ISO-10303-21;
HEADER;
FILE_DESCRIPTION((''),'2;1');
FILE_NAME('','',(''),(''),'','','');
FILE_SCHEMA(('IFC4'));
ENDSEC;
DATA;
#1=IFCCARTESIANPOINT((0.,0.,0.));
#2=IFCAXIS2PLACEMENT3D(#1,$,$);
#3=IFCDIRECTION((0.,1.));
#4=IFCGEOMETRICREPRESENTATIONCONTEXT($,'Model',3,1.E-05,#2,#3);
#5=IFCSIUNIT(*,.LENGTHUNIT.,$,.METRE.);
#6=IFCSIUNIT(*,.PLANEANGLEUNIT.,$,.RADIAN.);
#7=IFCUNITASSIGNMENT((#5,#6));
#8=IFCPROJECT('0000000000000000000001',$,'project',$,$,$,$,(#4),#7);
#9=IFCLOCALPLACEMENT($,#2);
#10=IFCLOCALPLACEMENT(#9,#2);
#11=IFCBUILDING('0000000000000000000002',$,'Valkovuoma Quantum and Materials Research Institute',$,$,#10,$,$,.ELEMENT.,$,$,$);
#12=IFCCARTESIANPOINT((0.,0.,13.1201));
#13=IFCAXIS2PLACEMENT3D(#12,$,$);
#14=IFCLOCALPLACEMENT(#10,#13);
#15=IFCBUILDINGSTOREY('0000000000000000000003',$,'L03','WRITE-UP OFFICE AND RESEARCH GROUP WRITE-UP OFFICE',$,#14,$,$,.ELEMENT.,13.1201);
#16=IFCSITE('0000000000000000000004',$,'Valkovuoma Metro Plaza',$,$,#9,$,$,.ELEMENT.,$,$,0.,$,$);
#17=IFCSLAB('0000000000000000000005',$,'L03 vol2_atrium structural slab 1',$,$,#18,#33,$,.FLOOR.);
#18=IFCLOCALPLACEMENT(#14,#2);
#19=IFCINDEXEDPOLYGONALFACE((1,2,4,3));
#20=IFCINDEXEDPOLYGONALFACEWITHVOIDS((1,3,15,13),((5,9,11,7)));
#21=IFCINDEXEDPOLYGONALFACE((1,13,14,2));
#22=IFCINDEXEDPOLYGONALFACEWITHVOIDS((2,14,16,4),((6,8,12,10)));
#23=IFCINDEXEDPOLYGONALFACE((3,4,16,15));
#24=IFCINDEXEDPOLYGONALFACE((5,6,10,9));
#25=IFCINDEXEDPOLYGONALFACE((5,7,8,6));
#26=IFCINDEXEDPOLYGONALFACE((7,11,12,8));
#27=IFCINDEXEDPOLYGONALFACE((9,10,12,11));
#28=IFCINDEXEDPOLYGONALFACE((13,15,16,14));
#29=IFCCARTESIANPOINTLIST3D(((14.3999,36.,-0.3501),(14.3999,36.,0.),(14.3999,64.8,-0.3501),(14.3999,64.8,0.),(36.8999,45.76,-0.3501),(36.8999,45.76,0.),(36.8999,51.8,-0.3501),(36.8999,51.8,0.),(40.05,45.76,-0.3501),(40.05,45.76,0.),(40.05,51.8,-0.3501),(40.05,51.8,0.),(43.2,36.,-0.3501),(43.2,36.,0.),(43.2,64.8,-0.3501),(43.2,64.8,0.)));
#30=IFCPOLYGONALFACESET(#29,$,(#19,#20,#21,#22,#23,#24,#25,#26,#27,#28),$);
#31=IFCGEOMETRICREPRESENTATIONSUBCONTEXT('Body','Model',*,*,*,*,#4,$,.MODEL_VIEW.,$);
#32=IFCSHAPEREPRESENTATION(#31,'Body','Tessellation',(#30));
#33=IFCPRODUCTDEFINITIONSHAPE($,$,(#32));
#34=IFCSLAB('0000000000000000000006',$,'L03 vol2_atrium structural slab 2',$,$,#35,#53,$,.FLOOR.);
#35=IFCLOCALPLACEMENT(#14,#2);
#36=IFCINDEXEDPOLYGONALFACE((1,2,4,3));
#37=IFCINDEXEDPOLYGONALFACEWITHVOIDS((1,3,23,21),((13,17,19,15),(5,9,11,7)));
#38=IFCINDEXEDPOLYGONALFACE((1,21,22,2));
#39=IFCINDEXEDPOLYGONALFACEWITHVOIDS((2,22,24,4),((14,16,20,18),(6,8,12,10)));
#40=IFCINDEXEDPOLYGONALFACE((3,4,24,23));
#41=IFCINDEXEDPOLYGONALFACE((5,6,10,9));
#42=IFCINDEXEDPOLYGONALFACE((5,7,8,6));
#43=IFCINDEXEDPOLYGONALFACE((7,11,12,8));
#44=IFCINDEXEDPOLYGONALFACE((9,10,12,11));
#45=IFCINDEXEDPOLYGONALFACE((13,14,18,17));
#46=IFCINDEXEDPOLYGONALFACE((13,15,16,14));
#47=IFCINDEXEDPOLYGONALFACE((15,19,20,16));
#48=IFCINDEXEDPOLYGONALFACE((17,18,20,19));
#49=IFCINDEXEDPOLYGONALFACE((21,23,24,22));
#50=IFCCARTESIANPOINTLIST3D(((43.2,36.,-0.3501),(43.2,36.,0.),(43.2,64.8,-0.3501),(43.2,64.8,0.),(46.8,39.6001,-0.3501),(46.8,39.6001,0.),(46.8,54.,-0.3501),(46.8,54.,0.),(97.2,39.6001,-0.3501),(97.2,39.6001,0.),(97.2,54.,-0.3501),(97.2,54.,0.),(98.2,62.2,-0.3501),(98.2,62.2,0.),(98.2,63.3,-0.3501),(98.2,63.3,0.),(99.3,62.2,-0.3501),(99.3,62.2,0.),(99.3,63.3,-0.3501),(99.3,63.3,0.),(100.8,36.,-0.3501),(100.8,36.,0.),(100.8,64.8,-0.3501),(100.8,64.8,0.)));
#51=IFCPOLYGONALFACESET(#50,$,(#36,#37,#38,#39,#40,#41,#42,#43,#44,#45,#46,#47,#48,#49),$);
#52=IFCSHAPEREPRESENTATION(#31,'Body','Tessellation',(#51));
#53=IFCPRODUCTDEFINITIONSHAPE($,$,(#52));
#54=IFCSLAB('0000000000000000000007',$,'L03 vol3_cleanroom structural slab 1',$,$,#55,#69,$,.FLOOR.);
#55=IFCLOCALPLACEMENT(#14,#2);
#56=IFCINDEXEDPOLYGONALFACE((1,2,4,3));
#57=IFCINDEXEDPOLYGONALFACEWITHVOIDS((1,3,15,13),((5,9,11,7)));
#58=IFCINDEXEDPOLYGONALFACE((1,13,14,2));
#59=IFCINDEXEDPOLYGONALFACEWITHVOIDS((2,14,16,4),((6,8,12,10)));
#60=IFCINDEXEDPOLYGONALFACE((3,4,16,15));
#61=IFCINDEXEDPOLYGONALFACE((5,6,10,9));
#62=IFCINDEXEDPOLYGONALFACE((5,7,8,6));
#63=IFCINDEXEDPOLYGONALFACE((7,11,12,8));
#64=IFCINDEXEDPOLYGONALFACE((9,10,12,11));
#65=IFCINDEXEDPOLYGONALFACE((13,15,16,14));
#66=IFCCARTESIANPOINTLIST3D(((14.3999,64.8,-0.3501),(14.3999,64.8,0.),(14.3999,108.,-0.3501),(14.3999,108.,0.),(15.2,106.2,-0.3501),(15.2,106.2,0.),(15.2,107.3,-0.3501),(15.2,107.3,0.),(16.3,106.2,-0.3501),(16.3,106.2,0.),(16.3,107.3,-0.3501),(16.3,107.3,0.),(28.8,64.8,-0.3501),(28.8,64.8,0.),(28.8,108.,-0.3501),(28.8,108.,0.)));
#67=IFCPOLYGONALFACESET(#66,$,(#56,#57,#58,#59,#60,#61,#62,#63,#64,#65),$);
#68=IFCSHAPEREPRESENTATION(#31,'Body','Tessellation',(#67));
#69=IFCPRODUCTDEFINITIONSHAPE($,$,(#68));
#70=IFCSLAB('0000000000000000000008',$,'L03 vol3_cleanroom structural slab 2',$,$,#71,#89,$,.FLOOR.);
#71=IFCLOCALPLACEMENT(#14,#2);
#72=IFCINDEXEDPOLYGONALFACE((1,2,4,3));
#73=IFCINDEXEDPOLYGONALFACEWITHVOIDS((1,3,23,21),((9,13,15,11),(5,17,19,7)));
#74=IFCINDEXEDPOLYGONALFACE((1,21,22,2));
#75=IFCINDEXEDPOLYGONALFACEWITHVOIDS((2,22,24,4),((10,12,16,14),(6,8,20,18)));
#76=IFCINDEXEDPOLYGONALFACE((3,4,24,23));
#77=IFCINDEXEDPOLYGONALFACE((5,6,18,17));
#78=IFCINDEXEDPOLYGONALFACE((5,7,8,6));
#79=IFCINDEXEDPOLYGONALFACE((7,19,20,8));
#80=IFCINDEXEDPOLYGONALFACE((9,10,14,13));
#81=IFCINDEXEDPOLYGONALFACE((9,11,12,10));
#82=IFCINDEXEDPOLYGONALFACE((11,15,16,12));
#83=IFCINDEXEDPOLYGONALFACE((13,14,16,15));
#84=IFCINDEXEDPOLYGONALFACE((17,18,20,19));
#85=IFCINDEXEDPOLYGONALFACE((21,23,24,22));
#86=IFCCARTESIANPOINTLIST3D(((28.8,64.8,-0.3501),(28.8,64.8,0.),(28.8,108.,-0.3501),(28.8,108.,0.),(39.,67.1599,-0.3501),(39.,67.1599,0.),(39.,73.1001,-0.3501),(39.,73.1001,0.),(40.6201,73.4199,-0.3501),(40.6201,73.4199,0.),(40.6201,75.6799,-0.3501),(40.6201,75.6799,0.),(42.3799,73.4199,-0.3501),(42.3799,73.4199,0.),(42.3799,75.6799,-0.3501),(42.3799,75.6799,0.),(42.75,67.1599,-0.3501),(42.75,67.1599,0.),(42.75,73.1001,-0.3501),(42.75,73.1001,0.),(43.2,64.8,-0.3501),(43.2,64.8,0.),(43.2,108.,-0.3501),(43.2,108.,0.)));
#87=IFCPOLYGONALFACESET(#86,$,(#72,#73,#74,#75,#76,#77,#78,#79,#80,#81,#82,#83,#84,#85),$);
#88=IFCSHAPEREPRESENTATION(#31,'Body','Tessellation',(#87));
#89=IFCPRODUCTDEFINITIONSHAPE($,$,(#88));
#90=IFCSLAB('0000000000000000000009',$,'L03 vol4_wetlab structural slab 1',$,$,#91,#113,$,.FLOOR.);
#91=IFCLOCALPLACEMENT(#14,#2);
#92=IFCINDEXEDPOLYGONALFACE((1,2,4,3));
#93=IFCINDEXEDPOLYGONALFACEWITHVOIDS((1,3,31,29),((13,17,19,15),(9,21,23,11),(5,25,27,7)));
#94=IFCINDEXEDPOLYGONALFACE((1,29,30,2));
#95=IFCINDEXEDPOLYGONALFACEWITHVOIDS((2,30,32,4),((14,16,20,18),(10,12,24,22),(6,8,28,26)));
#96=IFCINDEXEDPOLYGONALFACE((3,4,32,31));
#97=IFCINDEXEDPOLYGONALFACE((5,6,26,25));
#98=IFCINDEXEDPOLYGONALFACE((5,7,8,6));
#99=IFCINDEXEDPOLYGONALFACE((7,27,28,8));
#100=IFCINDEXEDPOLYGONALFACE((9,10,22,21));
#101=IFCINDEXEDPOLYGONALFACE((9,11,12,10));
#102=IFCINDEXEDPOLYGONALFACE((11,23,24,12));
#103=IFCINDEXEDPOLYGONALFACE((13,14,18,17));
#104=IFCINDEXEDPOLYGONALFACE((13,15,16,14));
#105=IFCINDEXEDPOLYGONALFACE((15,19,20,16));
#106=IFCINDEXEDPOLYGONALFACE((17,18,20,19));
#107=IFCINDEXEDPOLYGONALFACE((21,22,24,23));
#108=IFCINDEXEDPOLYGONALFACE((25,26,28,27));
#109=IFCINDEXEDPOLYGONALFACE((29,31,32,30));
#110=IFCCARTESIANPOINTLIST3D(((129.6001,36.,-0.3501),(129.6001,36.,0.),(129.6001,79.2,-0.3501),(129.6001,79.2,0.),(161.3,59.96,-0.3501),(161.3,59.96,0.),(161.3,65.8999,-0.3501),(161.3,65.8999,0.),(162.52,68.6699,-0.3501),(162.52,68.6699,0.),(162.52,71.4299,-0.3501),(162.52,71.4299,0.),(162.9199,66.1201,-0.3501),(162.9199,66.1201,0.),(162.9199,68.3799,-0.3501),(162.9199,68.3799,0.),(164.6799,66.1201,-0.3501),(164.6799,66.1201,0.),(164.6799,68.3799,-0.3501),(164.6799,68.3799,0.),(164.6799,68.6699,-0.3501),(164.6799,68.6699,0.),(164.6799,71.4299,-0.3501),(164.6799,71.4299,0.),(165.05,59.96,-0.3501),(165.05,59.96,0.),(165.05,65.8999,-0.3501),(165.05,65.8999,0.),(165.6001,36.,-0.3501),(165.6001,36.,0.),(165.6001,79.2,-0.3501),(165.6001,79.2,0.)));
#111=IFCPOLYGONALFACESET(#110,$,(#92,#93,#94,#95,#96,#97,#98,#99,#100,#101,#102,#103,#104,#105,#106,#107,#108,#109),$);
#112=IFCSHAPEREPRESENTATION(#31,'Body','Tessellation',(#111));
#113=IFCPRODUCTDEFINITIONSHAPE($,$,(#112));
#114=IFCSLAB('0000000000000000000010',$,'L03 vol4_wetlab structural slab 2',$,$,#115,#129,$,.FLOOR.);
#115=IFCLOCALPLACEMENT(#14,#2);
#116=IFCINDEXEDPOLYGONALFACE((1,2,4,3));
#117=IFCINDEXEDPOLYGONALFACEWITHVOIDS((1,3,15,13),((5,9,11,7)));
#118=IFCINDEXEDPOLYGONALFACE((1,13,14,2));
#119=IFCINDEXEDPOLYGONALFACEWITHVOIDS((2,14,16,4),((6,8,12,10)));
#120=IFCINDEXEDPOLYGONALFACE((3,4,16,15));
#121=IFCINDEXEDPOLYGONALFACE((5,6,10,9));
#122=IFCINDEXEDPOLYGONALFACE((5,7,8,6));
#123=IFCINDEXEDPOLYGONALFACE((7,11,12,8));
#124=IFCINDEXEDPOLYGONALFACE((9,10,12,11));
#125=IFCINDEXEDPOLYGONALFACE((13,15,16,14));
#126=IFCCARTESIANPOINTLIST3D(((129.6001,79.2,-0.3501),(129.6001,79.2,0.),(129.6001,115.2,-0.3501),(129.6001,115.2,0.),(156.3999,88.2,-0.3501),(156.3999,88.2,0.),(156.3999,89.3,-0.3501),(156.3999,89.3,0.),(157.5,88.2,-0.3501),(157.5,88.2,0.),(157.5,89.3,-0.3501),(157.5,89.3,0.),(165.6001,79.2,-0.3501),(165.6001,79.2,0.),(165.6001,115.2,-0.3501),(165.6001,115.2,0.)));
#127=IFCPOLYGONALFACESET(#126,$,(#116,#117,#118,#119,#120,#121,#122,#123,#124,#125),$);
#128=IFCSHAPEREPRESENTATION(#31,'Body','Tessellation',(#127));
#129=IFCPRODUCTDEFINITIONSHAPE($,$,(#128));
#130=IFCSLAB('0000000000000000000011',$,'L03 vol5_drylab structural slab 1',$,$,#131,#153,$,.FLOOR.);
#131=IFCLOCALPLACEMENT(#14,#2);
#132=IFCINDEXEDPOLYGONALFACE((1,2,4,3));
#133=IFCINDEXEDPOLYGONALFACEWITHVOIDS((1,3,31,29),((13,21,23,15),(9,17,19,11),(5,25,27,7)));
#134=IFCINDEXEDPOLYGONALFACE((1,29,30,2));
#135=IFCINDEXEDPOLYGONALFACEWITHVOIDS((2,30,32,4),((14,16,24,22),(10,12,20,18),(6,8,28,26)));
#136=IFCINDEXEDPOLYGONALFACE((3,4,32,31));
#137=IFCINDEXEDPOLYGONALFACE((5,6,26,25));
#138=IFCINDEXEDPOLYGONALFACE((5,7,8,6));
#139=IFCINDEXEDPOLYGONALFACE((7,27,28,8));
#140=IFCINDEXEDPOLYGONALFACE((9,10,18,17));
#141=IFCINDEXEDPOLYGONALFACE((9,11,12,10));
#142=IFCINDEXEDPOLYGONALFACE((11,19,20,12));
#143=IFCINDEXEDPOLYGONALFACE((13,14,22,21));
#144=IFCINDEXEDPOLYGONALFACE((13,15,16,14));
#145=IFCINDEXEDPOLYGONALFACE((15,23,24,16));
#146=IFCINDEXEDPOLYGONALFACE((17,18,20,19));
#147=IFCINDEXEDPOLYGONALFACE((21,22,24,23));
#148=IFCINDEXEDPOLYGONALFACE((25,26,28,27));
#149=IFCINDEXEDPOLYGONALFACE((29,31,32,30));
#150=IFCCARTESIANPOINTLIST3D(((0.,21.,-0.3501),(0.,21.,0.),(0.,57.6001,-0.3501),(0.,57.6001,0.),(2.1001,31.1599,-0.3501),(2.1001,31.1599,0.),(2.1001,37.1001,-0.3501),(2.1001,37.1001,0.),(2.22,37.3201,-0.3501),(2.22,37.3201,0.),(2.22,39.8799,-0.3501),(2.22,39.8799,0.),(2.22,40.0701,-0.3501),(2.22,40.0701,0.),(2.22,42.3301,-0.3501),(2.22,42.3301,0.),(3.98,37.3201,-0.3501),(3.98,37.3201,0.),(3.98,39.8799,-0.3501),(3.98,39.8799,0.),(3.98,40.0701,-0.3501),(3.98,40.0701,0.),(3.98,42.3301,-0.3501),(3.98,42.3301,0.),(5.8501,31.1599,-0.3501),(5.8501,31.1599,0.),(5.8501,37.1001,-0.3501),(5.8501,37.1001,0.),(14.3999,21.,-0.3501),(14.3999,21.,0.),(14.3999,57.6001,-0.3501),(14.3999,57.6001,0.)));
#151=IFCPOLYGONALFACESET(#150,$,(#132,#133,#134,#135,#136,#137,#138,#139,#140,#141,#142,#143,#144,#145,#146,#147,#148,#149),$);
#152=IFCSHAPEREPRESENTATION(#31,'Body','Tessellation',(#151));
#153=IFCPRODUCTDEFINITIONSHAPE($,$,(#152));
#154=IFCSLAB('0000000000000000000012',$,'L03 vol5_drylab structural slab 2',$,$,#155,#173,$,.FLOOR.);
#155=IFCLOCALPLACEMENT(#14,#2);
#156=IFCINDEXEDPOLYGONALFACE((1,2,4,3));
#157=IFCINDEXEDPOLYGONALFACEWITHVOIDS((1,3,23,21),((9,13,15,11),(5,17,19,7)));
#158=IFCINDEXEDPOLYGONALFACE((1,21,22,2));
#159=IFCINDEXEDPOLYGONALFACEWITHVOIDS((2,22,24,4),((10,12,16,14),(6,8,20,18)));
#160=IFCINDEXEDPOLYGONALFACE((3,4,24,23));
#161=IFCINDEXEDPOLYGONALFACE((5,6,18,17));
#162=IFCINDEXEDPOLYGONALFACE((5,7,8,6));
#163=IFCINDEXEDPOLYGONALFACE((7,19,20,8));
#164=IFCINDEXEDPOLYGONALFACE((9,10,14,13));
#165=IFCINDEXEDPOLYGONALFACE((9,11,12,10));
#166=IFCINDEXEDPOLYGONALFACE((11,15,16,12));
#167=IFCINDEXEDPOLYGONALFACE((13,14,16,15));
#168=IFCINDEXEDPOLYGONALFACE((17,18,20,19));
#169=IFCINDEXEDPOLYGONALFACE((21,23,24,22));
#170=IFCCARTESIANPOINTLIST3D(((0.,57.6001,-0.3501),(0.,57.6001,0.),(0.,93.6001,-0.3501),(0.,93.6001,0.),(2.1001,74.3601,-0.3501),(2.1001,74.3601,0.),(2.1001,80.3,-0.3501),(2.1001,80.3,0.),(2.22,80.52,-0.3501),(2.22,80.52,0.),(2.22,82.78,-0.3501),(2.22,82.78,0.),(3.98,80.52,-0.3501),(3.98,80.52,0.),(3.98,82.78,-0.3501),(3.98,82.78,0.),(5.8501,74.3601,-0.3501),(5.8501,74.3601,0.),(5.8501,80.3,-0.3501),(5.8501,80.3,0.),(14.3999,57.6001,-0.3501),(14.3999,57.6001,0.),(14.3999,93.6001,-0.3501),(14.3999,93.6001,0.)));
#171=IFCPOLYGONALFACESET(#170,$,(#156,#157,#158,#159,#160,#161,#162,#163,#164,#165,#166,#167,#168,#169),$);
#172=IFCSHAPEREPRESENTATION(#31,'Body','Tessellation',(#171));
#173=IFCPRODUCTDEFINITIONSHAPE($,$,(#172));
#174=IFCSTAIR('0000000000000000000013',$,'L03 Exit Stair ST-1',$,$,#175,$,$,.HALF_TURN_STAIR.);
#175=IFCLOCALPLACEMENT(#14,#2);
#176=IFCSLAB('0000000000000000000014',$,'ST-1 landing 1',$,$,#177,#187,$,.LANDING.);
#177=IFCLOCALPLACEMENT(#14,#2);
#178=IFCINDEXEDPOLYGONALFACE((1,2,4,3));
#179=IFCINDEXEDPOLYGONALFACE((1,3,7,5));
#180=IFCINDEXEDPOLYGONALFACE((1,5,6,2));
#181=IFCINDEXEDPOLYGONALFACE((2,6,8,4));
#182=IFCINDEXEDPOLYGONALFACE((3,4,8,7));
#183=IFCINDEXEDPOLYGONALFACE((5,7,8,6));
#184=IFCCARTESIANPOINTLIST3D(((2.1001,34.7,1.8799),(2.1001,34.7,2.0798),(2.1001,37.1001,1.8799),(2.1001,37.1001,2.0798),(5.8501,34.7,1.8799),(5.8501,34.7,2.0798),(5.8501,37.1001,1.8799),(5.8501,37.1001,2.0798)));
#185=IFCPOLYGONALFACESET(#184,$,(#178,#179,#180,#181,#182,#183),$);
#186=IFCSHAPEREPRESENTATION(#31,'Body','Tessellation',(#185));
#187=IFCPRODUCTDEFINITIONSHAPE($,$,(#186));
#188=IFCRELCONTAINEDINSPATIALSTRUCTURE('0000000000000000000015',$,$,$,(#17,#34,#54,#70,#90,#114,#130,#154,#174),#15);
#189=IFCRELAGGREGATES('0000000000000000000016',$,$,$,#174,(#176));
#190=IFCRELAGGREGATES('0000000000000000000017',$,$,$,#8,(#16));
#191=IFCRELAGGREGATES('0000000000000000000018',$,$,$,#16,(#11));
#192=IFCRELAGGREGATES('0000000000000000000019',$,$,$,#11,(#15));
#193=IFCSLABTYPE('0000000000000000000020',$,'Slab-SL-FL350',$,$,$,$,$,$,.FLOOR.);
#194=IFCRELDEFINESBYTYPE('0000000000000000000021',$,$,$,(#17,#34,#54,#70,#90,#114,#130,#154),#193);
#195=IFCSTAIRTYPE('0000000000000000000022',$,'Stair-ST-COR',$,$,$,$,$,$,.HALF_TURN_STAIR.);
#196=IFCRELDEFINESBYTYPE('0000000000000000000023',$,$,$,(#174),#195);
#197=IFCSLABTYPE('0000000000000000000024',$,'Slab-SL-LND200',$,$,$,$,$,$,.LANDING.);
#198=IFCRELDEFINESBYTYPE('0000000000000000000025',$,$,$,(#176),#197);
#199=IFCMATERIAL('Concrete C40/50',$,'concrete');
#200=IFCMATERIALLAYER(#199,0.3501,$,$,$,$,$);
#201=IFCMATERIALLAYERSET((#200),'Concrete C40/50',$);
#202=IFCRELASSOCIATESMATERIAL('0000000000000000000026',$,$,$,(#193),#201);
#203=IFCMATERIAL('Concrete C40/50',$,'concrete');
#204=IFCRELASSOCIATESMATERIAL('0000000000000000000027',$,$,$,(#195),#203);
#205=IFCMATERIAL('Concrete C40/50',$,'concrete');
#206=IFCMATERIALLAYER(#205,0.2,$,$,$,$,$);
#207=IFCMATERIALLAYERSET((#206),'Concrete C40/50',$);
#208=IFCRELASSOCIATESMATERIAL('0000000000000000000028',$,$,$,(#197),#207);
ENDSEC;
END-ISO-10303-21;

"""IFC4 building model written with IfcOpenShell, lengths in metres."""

from ifc_helpers import new_model, si_unit, direction, frame, origin, place, context, subcontext, project, spatial, polyline, outline, extrude, material, layer, layer_set, type_object, element, aggregate, save


model = new_model("IFC4")

# Units and contexts
model_context = context("Model", 3, precision=1e-05, world=origin(), true_north=direction((0.0, 1.0)))
body_context = subcontext(model_context, "Body", "Model", "MODEL_VIEW")
ifc_project = project(units=[si_unit("LENGTHUNIT", "METRE"), si_unit("PLANEANGLEUNIT", "RADIAN")], contexts=[model_context])

# Site, building, storey
site_placement = place(None, origin())
site = spatial("IfcSite", under=ifc_project, at=site_placement, Name="Valkovuoma Metro Plaza", CompositionType="ELEMENT", RefElevation=0.0)
building_placement = place(site_placement, origin())
building = spatial("IfcBuilding", under=site, at=building_placement, Name="Valkovuoma Quantum and Materials Research Institute", CompositionType="ELEMENT")
storey_placement = place(building_placement, frame((0.0, 0.0, 13.1201)))
storey = spatial("IfcBuildingStorey", under=building, at=storey_placement, Name="L03", Description="WRITE-UP OFFICE AND RESEARCH GROUP WRITE-UP OFFICE", CompositionType="ELEMENT", Elevation=13.1201)

# Slabs
ifc_material_1 = material(Name="Concrete C40/50", Category="concrete")
ifc_layer_1 = layer(ifc_material_1, 0.3501)
ifc_layer_set_1 = layer_set([ifc_layer_1], Name="Concrete C40/50")
slab_type_1 = type_object("IfcSlabType", Name="Slab-SL-FL350", PredefinedType="FLOOR", material=ifc_layer_set_1)
slab_1_placement = place(storey_placement, frame((0.0, 0.0, -0.3501)))
element("IfcSlab", 1, at=slab_1_placement, inside=storey, type_object=slab_type_1, Name="L03 vol2_atrium structural slab 1", PredefinedType="FLOOR", context=body_context, shape_type="SweptSolid", body=[
    extrude(outline(polyline([(14.3999, 36.0), (43.2, 36.0), (43.2, 64.8), (14.3999, 64.8), (14.3999, 36.0)]), holes=[polyline([(36.8999, 45.76), (40.05, 45.76), (40.05, 51.8), (36.8999, 51.8), (36.8999, 45.76)])]), origin(), (0.0, 0.0, 1.0), 0.3501),
])
slab_2_placement = place(storey_placement, frame((0.0, 0.0, -0.3501)))
element("IfcSlab", 2, at=slab_2_placement, inside=storey, type_object=slab_type_1, Name="L03 vol2_atrium structural slab 2", PredefinedType="FLOOR", context=body_context, shape_type="SweptSolid", body=[
    extrude(outline(polyline([(43.2, 36.0), (100.8, 36.0), (100.8, 64.8), (43.2, 64.8), (43.2, 36.0)]), holes=[polyline([(98.2, 62.2), (99.3, 62.2), (99.3, 63.3), (98.2, 63.3), (98.2, 62.2)]), polyline([(46.8, 39.6001), (97.2, 39.6001), (97.2, 54.0), (46.8, 54.0), (46.8, 39.6001)])]), origin(), (0.0, 0.0, 1.0), 0.3501),
])
slab_3_placement = place(storey_placement, frame((0.0, 0.0, -0.3501)))
element("IfcSlab", 3, at=slab_3_placement, inside=storey, type_object=slab_type_1, Name="L03 vol3_cleanroom structural slab 1", PredefinedType="FLOOR", context=body_context, shape_type="SweptSolid", body=[
    extrude(outline(polyline([(14.3999, 64.8), (28.8, 64.8), (28.8, 108.0), (14.3999, 108.0), (14.3999, 64.8)]), holes=[polyline([(15.2, 106.2), (16.3, 106.2), (16.3, 107.3), (15.2, 107.3), (15.2, 106.2)])]), origin(), (0.0, 0.0, 1.0), 0.3501),
])
slab_4_placement = place(storey_placement, frame((0.0, 0.0, -0.3501)))
element("IfcSlab", 4, at=slab_4_placement, inside=storey, type_object=slab_type_1, Name="L03 vol3_cleanroom structural slab 2", PredefinedType="FLOOR", context=body_context, shape_type="SweptSolid", body=[
    extrude(outline(polyline([(28.8, 64.8), (43.2, 64.8), (43.2, 108.0), (28.8, 108.0), (28.8, 64.8)]), holes=[polyline([(39.0, 67.1599), (42.75, 67.1599), (42.75, 73.1001), (39.0, 73.1001), (39.0, 67.1599)]), polyline([(40.6201, 73.4199), (42.3799, 73.4199), (42.3799, 75.6799), (40.6201, 75.6799), (40.6201, 73.4199)])]), origin(), (0.0, 0.0, 1.0), 0.3501),
])
slab_5_placement = place(storey_placement, frame((0.0, 0.0, -0.3501)))
element("IfcSlab", 5, at=slab_5_placement, inside=storey, type_object=slab_type_1, Name="L03 vol4_wetlab structural slab 1", PredefinedType="FLOOR", context=body_context, shape_type="SweptSolid", body=[
    extrude(outline(polyline([(129.6001, 36.0), (165.6001, 36.0), (165.6001, 79.2), (129.6001, 79.2), (129.6001, 36.0)]), holes=[polyline([(161.3, 59.96), (165.05, 59.96), (165.05, 65.8999), (161.3, 65.8999), (161.3, 59.96)]), polyline([(162.9199, 66.1201), (164.6799, 66.1201), (164.6799, 68.3799), (162.9199, 68.3799), (162.9199, 66.1201)]), polyline([(162.52, 68.6699), (164.6799, 68.6699), (164.6799, 71.4299), (162.52, 71.4299), (162.52, 68.6699)])]), origin(), (0.0, 0.0, 1.0), 0.3501),
])
slab_6_placement = place(storey_placement, frame((0.0, 0.0, -0.3501)))
element("IfcSlab", 6, at=slab_6_placement, inside=storey, type_object=slab_type_1, Name="L03 vol4_wetlab structural slab 2", PredefinedType="FLOOR", context=body_context, shape_type="SweptSolid", body=[
    extrude(outline(polyline([(129.6001, 79.2), (165.6001, 79.2), (165.6001, 115.2), (129.6001, 115.2), (129.6001, 79.2)]), holes=[polyline([(156.3999, 88.2), (157.5, 88.2), (157.5, 89.3), (156.3999, 89.3), (156.3999, 88.2)])]), origin(), (0.0, 0.0, 1.0), 0.3501),
])
slab_7_placement = place(storey_placement, frame((0.0, 0.0, -0.3501)))
element("IfcSlab", 7, at=slab_7_placement, inside=storey, type_object=slab_type_1, Name="L03 vol5_drylab structural slab 1", PredefinedType="FLOOR", context=body_context, shape_type="SweptSolid", body=[
    extrude(outline(polyline([(0.0, 21.0), (14.3999, 21.0), (14.3999, 57.6001), (0.0, 57.6001), (0.0, 21.0)]), holes=[polyline([(2.1001, 31.1599), (5.8501, 31.1599), (5.8501, 37.1001), (2.1001, 37.1001), (2.1001, 31.1599)]), polyline([(2.22, 37.3201), (3.98, 37.3201), (3.98, 39.8799), (2.22, 39.8799), (2.22, 37.3201)]), polyline([(2.22, 40.0701), (3.98, 40.0701), (3.98, 42.3301), (2.22, 42.3301), (2.22, 40.0701)])]), origin(), (0.0, 0.0, 1.0), 0.3501),
])
slab_8_placement = place(storey_placement, frame((0.0, 0.0, -0.3501)))
element("IfcSlab", 8, at=slab_8_placement, inside=storey, type_object=slab_type_1, Name="L03 vol5_drylab structural slab 2", PredefinedType="FLOOR", context=body_context, shape_type="SweptSolid", body=[
    extrude(outline(polyline([(0.0, 57.6001), (14.3999, 57.6001), (14.3999, 93.6001), (0.0, 93.6001), (0.0, 57.6001)]), holes=[polyline([(2.1001, 74.3601), (5.8501, 74.3601), (5.8501, 80.3), (2.1001, 80.3), (2.1001, 74.3601)]), polyline([(2.22, 80.52), (3.98, 80.52), (3.98, 82.78), (2.22, 82.78), (2.22, 80.52)])]), origin(), (0.0, 0.0, 1.0), 0.3501),
])

# Stair, slab
ifc_material_2 = material(Name="Concrete C40/50", Category="concrete")
stair_type = type_object("IfcStairType", Name="Stair-ST-COR", PredefinedType="HALF_TURN_STAIR", material=ifc_material_2)
stair_1_placement = place(storey_placement, origin())
stair_1 = element("IfcStair", 9, at=stair_1_placement, inside=storey, type_object=stair_type, Name="L03 Exit Stair ST-1", PredefinedType="HALF_TURN_STAIR")
ifc_material_3 = material(Name="Concrete C40/50", Category="concrete")
ifc_layer_2 = layer(ifc_material_3, 0.2)
ifc_layer_set_2 = layer_set([ifc_layer_2], Name="Concrete C40/50")
slab_type_2 = type_object("IfcSlabType", Name="Slab-SL-LND200", PredefinedType="LANDING", material=ifc_layer_set_2)
slab_9_placement = place(storey_placement, frame((0.0, 0.0, 1.8799)))
slab_9 = element("IfcSlab", 10, at=slab_9_placement, type_object=slab_type_2, Name="ST-1 landing 1", PredefinedType="LANDING", context=body_context, shape_type="SweptSolid", body=[
    extrude(outline(polyline([(5.8501, 34.7), (5.8501, 37.1001), (2.1001, 37.1001), (2.1001, 34.7), (5.8501, 34.7)])), origin(), (0.0, 0.0, 1.0), 0.2),
])
aggregate(stair_1, [slab_9])

save(model, "model.ifc")
